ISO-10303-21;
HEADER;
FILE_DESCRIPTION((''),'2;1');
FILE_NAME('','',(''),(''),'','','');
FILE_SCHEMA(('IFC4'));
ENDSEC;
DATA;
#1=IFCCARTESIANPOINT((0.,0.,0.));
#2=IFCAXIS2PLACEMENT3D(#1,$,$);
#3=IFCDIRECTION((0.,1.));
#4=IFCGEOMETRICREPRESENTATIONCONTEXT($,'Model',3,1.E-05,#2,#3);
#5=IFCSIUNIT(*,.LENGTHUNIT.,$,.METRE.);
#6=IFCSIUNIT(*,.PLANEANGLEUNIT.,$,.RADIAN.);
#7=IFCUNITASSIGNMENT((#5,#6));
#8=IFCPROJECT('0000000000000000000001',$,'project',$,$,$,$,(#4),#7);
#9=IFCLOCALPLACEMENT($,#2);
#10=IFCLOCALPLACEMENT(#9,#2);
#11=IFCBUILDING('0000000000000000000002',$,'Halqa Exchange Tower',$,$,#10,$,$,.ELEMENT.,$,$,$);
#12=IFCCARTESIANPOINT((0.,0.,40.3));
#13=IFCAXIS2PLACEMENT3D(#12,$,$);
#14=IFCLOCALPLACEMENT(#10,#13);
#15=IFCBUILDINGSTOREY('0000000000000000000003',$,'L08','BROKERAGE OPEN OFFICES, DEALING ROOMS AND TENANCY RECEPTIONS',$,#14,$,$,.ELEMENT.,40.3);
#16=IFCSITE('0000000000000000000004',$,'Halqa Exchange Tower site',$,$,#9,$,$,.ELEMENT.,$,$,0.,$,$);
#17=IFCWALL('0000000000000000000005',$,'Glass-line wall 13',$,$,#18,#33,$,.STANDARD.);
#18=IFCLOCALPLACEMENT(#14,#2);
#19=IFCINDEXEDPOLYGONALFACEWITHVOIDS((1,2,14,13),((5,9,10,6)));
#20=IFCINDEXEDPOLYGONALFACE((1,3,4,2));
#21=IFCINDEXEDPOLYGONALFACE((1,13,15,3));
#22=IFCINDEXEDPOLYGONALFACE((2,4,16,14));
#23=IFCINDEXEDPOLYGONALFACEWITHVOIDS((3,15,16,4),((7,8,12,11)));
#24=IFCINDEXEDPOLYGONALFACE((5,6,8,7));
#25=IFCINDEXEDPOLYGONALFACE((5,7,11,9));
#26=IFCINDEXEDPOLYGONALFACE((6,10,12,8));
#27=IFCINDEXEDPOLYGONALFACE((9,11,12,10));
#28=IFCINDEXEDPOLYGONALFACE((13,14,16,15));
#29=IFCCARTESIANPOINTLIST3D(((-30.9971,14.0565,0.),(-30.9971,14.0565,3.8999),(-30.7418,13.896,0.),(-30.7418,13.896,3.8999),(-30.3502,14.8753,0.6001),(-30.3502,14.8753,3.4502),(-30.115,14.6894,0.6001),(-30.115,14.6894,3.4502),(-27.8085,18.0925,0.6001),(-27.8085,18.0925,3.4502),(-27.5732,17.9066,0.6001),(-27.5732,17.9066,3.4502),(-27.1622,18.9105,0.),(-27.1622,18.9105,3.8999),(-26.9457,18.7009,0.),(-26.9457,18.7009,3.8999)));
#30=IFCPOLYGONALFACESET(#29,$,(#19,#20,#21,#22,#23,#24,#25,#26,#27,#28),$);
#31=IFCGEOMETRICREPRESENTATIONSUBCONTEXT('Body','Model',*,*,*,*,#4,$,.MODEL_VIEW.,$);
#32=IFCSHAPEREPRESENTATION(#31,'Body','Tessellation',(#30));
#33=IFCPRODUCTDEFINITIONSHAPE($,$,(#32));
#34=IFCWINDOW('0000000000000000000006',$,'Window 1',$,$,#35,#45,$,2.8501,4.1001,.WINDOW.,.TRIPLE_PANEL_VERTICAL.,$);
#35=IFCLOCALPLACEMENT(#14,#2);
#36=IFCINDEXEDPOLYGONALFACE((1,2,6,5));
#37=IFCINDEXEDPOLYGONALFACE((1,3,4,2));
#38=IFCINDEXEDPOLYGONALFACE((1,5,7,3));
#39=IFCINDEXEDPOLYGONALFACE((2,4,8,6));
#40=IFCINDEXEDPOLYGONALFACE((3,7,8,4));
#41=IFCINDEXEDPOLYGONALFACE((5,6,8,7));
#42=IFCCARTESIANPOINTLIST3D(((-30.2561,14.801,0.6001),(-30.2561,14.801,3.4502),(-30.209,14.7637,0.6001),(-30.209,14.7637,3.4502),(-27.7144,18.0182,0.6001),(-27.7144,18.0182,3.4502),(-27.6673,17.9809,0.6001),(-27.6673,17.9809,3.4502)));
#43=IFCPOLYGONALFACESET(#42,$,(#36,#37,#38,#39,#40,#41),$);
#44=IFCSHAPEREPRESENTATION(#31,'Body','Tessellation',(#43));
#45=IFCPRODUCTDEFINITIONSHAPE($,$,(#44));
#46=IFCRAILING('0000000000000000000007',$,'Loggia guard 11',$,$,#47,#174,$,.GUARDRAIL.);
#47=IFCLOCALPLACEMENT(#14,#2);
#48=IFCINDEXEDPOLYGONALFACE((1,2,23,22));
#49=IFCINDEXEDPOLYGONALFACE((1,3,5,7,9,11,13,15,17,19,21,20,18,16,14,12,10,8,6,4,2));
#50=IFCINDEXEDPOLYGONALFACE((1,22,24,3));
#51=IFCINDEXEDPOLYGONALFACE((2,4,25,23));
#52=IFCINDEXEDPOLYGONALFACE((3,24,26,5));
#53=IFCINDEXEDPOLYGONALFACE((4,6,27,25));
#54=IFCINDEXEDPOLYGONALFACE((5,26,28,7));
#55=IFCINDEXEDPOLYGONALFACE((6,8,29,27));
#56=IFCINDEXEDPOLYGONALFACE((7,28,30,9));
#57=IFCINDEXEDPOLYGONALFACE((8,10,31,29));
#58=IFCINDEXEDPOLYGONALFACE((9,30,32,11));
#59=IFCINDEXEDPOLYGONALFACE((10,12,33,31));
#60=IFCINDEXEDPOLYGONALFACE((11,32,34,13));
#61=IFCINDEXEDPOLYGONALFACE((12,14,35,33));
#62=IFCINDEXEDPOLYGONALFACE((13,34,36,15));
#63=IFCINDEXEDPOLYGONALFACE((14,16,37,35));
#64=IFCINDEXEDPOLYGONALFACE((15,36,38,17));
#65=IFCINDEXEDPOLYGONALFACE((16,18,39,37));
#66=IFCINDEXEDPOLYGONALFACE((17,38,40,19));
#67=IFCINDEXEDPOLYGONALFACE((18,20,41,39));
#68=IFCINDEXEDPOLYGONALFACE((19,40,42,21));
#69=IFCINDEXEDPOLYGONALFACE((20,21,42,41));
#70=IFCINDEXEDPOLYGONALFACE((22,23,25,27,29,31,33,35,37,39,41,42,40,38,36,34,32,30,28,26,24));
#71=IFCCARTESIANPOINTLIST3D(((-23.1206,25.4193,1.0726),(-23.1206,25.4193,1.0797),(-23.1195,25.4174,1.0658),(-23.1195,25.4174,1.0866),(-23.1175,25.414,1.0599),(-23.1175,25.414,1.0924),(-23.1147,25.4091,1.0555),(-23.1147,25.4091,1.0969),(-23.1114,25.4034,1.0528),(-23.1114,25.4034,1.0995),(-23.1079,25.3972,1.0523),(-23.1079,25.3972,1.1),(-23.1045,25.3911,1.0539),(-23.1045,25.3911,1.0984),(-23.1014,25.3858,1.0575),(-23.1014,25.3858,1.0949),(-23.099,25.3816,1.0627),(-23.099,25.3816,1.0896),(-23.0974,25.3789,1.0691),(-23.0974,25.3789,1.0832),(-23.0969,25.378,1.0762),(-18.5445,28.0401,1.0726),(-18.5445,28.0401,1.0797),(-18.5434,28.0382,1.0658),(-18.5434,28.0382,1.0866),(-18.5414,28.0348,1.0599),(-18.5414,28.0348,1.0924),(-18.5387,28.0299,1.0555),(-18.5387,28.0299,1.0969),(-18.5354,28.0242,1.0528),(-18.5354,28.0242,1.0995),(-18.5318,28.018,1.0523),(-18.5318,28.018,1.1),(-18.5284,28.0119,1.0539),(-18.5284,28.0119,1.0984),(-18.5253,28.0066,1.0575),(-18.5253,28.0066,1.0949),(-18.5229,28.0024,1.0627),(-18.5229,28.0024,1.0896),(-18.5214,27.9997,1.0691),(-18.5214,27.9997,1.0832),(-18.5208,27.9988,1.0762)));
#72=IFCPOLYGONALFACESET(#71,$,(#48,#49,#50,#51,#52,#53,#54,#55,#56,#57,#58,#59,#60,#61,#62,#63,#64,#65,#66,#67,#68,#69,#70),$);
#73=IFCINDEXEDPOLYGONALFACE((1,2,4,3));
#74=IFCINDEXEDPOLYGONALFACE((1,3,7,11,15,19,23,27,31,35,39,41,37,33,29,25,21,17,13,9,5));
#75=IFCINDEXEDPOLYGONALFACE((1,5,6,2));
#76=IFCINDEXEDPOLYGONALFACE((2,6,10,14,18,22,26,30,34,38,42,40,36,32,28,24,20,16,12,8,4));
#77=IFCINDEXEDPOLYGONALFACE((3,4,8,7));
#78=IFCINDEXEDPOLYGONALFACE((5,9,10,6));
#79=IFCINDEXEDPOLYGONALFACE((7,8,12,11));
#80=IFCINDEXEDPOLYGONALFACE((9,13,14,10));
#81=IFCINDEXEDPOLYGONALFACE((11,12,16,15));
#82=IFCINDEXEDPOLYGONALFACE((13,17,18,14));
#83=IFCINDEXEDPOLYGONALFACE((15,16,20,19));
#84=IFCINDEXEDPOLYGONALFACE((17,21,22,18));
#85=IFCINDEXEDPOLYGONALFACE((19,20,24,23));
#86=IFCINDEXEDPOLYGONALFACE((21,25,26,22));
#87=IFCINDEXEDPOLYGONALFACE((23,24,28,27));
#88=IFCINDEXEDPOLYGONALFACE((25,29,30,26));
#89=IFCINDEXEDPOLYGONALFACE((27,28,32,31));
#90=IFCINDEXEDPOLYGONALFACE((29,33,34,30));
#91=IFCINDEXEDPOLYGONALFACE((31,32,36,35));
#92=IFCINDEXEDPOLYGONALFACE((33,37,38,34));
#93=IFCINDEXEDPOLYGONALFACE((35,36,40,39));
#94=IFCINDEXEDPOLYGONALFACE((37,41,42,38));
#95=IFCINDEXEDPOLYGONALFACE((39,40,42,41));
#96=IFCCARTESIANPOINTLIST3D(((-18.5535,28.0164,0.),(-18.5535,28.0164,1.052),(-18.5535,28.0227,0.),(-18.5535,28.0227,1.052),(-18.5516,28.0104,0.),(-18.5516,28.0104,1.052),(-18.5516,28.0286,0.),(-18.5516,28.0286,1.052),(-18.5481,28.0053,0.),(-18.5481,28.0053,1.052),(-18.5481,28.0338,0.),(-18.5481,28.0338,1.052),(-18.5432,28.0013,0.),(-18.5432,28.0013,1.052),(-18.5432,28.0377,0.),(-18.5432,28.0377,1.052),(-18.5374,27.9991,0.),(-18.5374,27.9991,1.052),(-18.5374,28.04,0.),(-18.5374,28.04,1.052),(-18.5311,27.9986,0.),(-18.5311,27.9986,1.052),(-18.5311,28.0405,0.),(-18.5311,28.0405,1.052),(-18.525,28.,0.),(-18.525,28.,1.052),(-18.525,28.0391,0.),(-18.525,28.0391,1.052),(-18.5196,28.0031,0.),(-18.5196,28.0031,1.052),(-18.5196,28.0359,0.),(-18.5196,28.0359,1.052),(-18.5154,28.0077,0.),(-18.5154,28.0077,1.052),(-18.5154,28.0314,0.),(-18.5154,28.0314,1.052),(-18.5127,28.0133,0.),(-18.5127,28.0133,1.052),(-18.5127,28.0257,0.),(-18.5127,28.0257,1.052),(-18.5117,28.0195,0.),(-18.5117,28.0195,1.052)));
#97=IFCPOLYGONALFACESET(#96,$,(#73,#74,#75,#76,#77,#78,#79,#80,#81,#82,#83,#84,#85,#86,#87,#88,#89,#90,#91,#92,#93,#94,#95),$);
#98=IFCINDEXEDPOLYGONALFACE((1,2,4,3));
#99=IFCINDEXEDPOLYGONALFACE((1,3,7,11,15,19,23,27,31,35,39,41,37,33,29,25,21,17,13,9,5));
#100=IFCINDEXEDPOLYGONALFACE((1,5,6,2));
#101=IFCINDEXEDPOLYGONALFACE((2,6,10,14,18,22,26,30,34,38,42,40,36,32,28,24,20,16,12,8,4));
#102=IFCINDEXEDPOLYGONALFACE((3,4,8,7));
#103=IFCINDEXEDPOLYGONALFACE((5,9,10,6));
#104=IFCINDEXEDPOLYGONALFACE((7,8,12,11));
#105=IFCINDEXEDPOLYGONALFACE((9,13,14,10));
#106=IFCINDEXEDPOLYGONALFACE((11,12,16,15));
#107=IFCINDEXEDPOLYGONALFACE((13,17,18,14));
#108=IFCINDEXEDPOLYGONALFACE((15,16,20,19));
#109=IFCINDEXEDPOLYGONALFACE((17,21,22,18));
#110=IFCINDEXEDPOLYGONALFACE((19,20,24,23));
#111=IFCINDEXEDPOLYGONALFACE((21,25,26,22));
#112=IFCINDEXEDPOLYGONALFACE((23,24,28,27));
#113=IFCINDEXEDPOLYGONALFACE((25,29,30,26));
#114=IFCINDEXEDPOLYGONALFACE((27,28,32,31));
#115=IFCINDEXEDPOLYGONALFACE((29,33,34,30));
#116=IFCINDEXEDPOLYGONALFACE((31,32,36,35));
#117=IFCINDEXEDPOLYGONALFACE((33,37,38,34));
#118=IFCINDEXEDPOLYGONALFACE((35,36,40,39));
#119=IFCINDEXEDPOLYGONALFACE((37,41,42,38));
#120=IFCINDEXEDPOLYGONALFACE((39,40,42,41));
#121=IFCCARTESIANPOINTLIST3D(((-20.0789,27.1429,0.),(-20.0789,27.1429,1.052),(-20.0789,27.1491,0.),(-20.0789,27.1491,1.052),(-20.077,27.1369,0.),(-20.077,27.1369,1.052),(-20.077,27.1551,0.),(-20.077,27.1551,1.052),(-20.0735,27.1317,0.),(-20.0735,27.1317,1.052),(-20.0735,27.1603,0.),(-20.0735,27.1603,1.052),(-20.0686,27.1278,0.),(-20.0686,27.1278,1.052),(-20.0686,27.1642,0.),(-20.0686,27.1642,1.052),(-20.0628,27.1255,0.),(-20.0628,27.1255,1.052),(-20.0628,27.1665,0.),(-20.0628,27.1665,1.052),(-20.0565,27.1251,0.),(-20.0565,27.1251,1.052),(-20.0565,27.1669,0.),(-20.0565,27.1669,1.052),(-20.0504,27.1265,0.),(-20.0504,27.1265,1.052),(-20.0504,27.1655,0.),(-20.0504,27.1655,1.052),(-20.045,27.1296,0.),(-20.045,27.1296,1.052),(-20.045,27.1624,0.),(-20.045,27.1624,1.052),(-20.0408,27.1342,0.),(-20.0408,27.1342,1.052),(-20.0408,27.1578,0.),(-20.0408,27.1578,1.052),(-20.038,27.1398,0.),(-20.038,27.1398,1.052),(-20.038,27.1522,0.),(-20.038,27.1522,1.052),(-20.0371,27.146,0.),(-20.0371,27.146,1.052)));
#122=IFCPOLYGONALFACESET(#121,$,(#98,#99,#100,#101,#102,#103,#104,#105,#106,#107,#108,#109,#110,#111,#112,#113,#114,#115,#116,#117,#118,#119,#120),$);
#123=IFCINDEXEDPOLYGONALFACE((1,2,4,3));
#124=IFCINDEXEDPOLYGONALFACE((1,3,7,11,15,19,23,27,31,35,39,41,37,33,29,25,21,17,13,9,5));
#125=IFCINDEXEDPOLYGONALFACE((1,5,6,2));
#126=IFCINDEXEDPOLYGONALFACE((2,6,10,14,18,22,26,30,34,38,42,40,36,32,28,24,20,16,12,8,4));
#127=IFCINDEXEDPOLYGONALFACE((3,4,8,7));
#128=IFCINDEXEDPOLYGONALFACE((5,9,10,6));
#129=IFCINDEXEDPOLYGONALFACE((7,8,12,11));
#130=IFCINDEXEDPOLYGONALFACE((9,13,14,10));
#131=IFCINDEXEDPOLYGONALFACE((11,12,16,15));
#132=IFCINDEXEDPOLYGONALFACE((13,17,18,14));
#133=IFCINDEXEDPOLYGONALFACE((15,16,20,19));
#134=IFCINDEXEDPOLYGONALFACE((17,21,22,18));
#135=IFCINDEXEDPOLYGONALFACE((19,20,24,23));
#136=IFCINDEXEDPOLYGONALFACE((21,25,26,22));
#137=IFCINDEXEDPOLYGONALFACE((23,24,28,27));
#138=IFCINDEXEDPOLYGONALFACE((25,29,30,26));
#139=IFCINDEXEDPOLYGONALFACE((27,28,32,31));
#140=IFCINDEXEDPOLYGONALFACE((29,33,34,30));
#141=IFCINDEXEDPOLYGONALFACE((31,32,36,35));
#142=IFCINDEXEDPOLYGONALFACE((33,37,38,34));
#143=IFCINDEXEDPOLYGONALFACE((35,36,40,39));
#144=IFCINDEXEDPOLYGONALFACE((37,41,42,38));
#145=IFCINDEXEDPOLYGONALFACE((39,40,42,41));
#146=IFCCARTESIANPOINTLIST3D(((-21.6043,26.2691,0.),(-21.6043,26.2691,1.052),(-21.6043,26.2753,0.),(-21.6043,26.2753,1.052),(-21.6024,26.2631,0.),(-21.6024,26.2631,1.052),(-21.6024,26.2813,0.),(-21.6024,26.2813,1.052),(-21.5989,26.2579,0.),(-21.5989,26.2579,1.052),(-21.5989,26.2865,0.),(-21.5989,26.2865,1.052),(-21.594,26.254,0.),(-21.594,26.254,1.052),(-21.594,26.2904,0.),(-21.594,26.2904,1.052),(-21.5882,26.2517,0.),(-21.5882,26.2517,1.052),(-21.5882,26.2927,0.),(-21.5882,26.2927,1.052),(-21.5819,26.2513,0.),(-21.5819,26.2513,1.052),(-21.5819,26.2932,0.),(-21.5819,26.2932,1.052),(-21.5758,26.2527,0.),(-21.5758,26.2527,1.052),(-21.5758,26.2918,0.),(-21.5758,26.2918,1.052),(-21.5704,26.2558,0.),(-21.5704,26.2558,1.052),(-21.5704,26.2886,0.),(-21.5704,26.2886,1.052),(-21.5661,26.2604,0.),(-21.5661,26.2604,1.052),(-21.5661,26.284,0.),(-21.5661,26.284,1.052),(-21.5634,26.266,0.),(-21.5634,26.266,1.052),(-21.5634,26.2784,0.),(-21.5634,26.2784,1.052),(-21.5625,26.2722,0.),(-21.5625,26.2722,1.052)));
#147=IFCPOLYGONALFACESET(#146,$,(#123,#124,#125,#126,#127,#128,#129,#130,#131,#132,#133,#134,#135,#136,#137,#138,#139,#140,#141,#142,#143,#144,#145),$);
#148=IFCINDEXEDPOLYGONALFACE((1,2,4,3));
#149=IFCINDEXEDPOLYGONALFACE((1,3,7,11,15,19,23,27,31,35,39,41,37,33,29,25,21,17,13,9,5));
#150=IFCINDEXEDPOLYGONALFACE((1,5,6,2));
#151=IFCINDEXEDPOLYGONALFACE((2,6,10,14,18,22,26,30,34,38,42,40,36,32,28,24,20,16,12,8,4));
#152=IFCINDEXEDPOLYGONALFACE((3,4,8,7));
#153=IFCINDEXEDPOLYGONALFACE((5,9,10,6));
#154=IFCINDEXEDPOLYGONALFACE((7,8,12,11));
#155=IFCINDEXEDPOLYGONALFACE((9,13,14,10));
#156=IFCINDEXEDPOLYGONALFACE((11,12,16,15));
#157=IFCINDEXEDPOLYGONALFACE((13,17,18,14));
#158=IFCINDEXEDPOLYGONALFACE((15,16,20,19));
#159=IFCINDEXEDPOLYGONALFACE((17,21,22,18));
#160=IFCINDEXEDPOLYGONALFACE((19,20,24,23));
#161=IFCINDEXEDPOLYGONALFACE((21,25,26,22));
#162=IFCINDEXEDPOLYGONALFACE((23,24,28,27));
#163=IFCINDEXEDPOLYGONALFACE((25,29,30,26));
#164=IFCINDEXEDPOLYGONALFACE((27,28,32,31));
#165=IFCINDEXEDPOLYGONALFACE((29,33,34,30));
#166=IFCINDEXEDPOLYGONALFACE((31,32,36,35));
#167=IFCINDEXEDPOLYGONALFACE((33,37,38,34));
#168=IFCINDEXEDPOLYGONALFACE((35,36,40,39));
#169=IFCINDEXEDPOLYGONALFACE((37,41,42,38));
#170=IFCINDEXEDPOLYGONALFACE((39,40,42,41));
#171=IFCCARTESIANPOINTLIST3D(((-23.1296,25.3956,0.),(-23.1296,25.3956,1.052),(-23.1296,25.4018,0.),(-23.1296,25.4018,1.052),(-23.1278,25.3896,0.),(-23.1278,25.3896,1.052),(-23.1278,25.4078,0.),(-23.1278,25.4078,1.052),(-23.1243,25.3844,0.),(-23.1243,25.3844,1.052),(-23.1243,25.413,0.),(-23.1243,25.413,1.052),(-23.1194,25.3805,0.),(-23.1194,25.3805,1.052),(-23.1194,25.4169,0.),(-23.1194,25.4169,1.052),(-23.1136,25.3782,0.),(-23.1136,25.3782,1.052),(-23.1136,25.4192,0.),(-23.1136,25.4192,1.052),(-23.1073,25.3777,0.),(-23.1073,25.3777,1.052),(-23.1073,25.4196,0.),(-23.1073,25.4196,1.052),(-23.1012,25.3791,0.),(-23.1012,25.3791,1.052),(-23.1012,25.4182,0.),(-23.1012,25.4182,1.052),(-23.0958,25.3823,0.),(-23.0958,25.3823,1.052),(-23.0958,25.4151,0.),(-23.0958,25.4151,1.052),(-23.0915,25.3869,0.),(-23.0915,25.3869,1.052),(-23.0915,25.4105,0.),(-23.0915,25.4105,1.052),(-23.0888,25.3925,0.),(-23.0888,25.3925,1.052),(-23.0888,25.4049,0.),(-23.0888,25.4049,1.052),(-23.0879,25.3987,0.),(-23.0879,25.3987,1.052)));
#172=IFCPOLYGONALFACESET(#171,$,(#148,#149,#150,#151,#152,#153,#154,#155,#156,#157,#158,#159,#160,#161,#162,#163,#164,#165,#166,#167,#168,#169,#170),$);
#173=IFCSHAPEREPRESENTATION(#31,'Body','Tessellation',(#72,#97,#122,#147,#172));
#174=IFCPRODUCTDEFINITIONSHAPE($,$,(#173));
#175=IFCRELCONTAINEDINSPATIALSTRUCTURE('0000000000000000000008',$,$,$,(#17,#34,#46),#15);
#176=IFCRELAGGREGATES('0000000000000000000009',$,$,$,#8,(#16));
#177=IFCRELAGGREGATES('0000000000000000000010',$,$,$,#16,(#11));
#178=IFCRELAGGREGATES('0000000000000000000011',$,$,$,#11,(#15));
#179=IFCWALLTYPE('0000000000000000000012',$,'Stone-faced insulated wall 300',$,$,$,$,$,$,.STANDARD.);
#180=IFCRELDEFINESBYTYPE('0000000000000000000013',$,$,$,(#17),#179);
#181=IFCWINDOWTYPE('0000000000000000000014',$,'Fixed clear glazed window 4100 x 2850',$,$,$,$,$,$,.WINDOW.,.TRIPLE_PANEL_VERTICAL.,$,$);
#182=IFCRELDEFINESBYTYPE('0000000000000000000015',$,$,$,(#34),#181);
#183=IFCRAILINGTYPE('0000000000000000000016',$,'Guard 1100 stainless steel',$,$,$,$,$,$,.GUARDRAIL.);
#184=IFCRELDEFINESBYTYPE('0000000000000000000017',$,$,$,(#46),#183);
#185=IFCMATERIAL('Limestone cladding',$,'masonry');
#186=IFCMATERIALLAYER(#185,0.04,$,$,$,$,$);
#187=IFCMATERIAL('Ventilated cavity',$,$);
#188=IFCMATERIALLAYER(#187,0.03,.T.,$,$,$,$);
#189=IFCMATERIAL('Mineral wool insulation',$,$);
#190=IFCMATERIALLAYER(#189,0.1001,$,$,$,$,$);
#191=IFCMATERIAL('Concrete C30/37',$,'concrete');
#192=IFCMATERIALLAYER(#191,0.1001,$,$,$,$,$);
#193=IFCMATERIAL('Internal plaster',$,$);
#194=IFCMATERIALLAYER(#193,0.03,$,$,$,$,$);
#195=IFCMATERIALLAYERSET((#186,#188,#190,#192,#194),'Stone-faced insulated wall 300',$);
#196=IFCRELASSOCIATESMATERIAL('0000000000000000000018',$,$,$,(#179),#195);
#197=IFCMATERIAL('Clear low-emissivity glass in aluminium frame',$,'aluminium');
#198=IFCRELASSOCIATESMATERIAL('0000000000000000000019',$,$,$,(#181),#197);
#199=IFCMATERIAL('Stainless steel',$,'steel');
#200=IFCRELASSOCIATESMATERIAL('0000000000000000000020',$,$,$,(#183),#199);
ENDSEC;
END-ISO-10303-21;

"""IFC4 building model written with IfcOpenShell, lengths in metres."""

from ifc_helpers import new_model, si_unit, direction, frame, frame_2d, origin, origin_2d, place, context, subcontext, project, spatial, polyline, rectangle, circle, outline, extrude, material, layer, layer_set, type_object, element, fill, save


model = new_model("IFC4")

# Units and contexts
model_context = context("Model", 3, precision=1e-05, world=origin(), true_north=direction((0.0, 1.0)))
body_context = subcontext(model_context, "Body", "Model", "MODEL_VIEW")
ifc_project = project(units=[si_unit("LENGTHUNIT", "METRE"), si_unit("PLANEANGLEUNIT", "RADIAN")], contexts=[model_context])

# Site, building, storey
site_placement = place(None, origin())
site = spatial("IfcSite", under=ifc_project, at=site_placement, Name="Halqa Exchange Tower site", CompositionType="ELEMENT", RefElevation=0.0)
building_placement = place(site_placement, origin())
building = spatial("IfcBuilding", under=site, at=building_placement, Name="Halqa Exchange Tower", CompositionType="ELEMENT")
storey_placement = place(building_placement, frame((0.0, 0.0, 40.3)))
storey = spatial("IfcBuildingStorey", under=building, at=storey_placement, Name="L08", Description="BROKERAGE OPEN OFFICES, DEALING ROOMS AND TENANCY RECEPTIONS", CompositionType="ELEMENT", Elevation=40.3)

# Shared definitions
ifc_material_1 = material(Name="Limestone cladding", Category="masonry")
ifc_layer_1 = layer(ifc_material_1, 0.04)
ifc_material_2 = material(Name="Ventilated cavity")
ifc_layer_2 = layer(ifc_material_2, 0.03, ventilated=True)
ifc_material_3 = material(Name="Mineral wool insulation")
ifc_layer_3 = layer(ifc_material_3, 0.1001)
ifc_material_4 = material(Name="Concrete C30/37", Category="concrete")
ifc_layer_4 = layer(ifc_material_4, 0.1001)
ifc_material_5 = material(Name="Internal plaster")
ifc_layer_5 = layer(ifc_material_5, 0.03)
ifc_layer_set_1 = layer_set([ifc_layer_1, ifc_layer_2, ifc_layer_3, ifc_layer_4, ifc_layer_5], Name="Stone-faced insulated wall 300")
wall_type_1 = type_object("IfcWallType", Name="Stone-faced insulated wall 300", PredefinedType="STANDARD", material=ifc_layer_set_1)
ifc_material_6 = material(Name="Clear low-emissivity glass in aluminium frame", Category="aluminium")
window_type = type_object("IfcWindowType", Name="Fixed clear glazed window 4100 x 2850", PartitioningType="TRIPLE_PANEL_VERTICAL", PredefinedType="WINDOW", material=ifc_material_6)

# Wall, opening, window
wall_1_placement = place(storey_placement, frame((-27.054, 18.8057, 0.0), z_axis=(0.0, 0.0, 1.0), x_axis=(-0.619923, -0.784662, 0.0)))
wall_1 = element("IfcWall", 1, at=wall_1_placement, inside=storey, type_object=wall_type_1, Name="Glass-line wall 13", PredefinedType="STANDARD", context=body_context, shape_type="SweptSolid", body=[
    extrude(outline(polyline([(-0.0151, -0.1499), (6.1709, -0.1499), (6.1387, 0.1499), (0.0151, 0.1499), (-0.0151, -0.1499)])), origin(), (0.0, 0.0, 1.0), 3.8999),
])
opening_1_placement = place(wall_1_placement, frame((1.0273, 0.0, 0.6001)))
opening_1 = element("IfcOpeningElement", 2, at=opening_1_placement, cuts=wall_1, PredefinedType="OPENING", context=body_context, shape_type="SweptSolid", body=[
    extrude(rectangle(XDim=4.1001, YDim=2.8501, at=frame_2d((2.05, 1.425))), frame((0.0, 0.1621, 0.0), z_axis=(0.0, -1.0, 0.0), x_axis=(1.0, 0.0, 0.0)), (0.0, 0.0, 1.0), 0.324),
])
window_1_placement = place(opening_1_placement, origin())
window_1 = element("IfcWindow", 3, at=window_1_placement, inside=storey, type_object=window_type, Name="Window 1", OverallHeight=2.8501, OverallWidth=4.1001, PartitioningType="TRIPLE_PANEL_VERTICAL", PredefinedType="WINDOW", context=body_context, shape_type="SweptSolid", body=[
    extrude(rectangle(XDim=4.1001, YDim=2.8501, at=frame_2d((2.05, 1.425))), frame((0.0, 0.03, 0.0), z_axis=(0.0, -1.0, 0.0), x_axis=(1.0, 0.0, 0.0)), (0.0, 0.0, 1.0), 0.0601),
])
fill(opening_1, window_1)

# Railing
ifc_material_7 = material(Name="Stainless steel", Category="steel")
railing_type = type_object("IfcRailingType", Name="Guard 1100 stainless steel", PredefinedType="GUARDRAIL", material=ifc_material_7)
railing_1_placement = place(storey_placement, frame((-18.5327, 28.0195, 0.0)))
element("IfcRailing", 4, at=railing_1_placement, inside=storey, type_object=railing_type, Name="Loggia guard 11", PredefinedType="GUARDRAIL", context=body_context, shape_type="SweptSolid", body=[
    extrude(circle(Radius=0.0239, at=origin_2d()), frame((0.0, 0.0, 1.0762), z_axis=(-0.867761, -0.496981, 0.0), x_axis=(0.496981, -0.867761, 0.0)), (0.0, 0.0, 1.0), 5.2734),
    extrude(circle(Radius=0.021, at=origin_2d()), origin(), (0.0, 0.0, 1.0), 1.052),
    extrude(circle(Radius=0.021, at=origin_2d()), frame((-1.5254, -0.8735, 0.0)), (0.0, 0.0, 1.0), 1.052),
    extrude(circle(Radius=0.021, at=origin_2d()), frame((-3.0508, -1.7473, 0.0)), (0.0, 0.0, 1.0), 1.052),
    extrude(circle(Radius=0.021, at=origin_2d()), frame((-4.5762, -2.6208, 0.0)), (0.0, 0.0, 1.0), 1.052),
])

save(model, "model.ifc")
